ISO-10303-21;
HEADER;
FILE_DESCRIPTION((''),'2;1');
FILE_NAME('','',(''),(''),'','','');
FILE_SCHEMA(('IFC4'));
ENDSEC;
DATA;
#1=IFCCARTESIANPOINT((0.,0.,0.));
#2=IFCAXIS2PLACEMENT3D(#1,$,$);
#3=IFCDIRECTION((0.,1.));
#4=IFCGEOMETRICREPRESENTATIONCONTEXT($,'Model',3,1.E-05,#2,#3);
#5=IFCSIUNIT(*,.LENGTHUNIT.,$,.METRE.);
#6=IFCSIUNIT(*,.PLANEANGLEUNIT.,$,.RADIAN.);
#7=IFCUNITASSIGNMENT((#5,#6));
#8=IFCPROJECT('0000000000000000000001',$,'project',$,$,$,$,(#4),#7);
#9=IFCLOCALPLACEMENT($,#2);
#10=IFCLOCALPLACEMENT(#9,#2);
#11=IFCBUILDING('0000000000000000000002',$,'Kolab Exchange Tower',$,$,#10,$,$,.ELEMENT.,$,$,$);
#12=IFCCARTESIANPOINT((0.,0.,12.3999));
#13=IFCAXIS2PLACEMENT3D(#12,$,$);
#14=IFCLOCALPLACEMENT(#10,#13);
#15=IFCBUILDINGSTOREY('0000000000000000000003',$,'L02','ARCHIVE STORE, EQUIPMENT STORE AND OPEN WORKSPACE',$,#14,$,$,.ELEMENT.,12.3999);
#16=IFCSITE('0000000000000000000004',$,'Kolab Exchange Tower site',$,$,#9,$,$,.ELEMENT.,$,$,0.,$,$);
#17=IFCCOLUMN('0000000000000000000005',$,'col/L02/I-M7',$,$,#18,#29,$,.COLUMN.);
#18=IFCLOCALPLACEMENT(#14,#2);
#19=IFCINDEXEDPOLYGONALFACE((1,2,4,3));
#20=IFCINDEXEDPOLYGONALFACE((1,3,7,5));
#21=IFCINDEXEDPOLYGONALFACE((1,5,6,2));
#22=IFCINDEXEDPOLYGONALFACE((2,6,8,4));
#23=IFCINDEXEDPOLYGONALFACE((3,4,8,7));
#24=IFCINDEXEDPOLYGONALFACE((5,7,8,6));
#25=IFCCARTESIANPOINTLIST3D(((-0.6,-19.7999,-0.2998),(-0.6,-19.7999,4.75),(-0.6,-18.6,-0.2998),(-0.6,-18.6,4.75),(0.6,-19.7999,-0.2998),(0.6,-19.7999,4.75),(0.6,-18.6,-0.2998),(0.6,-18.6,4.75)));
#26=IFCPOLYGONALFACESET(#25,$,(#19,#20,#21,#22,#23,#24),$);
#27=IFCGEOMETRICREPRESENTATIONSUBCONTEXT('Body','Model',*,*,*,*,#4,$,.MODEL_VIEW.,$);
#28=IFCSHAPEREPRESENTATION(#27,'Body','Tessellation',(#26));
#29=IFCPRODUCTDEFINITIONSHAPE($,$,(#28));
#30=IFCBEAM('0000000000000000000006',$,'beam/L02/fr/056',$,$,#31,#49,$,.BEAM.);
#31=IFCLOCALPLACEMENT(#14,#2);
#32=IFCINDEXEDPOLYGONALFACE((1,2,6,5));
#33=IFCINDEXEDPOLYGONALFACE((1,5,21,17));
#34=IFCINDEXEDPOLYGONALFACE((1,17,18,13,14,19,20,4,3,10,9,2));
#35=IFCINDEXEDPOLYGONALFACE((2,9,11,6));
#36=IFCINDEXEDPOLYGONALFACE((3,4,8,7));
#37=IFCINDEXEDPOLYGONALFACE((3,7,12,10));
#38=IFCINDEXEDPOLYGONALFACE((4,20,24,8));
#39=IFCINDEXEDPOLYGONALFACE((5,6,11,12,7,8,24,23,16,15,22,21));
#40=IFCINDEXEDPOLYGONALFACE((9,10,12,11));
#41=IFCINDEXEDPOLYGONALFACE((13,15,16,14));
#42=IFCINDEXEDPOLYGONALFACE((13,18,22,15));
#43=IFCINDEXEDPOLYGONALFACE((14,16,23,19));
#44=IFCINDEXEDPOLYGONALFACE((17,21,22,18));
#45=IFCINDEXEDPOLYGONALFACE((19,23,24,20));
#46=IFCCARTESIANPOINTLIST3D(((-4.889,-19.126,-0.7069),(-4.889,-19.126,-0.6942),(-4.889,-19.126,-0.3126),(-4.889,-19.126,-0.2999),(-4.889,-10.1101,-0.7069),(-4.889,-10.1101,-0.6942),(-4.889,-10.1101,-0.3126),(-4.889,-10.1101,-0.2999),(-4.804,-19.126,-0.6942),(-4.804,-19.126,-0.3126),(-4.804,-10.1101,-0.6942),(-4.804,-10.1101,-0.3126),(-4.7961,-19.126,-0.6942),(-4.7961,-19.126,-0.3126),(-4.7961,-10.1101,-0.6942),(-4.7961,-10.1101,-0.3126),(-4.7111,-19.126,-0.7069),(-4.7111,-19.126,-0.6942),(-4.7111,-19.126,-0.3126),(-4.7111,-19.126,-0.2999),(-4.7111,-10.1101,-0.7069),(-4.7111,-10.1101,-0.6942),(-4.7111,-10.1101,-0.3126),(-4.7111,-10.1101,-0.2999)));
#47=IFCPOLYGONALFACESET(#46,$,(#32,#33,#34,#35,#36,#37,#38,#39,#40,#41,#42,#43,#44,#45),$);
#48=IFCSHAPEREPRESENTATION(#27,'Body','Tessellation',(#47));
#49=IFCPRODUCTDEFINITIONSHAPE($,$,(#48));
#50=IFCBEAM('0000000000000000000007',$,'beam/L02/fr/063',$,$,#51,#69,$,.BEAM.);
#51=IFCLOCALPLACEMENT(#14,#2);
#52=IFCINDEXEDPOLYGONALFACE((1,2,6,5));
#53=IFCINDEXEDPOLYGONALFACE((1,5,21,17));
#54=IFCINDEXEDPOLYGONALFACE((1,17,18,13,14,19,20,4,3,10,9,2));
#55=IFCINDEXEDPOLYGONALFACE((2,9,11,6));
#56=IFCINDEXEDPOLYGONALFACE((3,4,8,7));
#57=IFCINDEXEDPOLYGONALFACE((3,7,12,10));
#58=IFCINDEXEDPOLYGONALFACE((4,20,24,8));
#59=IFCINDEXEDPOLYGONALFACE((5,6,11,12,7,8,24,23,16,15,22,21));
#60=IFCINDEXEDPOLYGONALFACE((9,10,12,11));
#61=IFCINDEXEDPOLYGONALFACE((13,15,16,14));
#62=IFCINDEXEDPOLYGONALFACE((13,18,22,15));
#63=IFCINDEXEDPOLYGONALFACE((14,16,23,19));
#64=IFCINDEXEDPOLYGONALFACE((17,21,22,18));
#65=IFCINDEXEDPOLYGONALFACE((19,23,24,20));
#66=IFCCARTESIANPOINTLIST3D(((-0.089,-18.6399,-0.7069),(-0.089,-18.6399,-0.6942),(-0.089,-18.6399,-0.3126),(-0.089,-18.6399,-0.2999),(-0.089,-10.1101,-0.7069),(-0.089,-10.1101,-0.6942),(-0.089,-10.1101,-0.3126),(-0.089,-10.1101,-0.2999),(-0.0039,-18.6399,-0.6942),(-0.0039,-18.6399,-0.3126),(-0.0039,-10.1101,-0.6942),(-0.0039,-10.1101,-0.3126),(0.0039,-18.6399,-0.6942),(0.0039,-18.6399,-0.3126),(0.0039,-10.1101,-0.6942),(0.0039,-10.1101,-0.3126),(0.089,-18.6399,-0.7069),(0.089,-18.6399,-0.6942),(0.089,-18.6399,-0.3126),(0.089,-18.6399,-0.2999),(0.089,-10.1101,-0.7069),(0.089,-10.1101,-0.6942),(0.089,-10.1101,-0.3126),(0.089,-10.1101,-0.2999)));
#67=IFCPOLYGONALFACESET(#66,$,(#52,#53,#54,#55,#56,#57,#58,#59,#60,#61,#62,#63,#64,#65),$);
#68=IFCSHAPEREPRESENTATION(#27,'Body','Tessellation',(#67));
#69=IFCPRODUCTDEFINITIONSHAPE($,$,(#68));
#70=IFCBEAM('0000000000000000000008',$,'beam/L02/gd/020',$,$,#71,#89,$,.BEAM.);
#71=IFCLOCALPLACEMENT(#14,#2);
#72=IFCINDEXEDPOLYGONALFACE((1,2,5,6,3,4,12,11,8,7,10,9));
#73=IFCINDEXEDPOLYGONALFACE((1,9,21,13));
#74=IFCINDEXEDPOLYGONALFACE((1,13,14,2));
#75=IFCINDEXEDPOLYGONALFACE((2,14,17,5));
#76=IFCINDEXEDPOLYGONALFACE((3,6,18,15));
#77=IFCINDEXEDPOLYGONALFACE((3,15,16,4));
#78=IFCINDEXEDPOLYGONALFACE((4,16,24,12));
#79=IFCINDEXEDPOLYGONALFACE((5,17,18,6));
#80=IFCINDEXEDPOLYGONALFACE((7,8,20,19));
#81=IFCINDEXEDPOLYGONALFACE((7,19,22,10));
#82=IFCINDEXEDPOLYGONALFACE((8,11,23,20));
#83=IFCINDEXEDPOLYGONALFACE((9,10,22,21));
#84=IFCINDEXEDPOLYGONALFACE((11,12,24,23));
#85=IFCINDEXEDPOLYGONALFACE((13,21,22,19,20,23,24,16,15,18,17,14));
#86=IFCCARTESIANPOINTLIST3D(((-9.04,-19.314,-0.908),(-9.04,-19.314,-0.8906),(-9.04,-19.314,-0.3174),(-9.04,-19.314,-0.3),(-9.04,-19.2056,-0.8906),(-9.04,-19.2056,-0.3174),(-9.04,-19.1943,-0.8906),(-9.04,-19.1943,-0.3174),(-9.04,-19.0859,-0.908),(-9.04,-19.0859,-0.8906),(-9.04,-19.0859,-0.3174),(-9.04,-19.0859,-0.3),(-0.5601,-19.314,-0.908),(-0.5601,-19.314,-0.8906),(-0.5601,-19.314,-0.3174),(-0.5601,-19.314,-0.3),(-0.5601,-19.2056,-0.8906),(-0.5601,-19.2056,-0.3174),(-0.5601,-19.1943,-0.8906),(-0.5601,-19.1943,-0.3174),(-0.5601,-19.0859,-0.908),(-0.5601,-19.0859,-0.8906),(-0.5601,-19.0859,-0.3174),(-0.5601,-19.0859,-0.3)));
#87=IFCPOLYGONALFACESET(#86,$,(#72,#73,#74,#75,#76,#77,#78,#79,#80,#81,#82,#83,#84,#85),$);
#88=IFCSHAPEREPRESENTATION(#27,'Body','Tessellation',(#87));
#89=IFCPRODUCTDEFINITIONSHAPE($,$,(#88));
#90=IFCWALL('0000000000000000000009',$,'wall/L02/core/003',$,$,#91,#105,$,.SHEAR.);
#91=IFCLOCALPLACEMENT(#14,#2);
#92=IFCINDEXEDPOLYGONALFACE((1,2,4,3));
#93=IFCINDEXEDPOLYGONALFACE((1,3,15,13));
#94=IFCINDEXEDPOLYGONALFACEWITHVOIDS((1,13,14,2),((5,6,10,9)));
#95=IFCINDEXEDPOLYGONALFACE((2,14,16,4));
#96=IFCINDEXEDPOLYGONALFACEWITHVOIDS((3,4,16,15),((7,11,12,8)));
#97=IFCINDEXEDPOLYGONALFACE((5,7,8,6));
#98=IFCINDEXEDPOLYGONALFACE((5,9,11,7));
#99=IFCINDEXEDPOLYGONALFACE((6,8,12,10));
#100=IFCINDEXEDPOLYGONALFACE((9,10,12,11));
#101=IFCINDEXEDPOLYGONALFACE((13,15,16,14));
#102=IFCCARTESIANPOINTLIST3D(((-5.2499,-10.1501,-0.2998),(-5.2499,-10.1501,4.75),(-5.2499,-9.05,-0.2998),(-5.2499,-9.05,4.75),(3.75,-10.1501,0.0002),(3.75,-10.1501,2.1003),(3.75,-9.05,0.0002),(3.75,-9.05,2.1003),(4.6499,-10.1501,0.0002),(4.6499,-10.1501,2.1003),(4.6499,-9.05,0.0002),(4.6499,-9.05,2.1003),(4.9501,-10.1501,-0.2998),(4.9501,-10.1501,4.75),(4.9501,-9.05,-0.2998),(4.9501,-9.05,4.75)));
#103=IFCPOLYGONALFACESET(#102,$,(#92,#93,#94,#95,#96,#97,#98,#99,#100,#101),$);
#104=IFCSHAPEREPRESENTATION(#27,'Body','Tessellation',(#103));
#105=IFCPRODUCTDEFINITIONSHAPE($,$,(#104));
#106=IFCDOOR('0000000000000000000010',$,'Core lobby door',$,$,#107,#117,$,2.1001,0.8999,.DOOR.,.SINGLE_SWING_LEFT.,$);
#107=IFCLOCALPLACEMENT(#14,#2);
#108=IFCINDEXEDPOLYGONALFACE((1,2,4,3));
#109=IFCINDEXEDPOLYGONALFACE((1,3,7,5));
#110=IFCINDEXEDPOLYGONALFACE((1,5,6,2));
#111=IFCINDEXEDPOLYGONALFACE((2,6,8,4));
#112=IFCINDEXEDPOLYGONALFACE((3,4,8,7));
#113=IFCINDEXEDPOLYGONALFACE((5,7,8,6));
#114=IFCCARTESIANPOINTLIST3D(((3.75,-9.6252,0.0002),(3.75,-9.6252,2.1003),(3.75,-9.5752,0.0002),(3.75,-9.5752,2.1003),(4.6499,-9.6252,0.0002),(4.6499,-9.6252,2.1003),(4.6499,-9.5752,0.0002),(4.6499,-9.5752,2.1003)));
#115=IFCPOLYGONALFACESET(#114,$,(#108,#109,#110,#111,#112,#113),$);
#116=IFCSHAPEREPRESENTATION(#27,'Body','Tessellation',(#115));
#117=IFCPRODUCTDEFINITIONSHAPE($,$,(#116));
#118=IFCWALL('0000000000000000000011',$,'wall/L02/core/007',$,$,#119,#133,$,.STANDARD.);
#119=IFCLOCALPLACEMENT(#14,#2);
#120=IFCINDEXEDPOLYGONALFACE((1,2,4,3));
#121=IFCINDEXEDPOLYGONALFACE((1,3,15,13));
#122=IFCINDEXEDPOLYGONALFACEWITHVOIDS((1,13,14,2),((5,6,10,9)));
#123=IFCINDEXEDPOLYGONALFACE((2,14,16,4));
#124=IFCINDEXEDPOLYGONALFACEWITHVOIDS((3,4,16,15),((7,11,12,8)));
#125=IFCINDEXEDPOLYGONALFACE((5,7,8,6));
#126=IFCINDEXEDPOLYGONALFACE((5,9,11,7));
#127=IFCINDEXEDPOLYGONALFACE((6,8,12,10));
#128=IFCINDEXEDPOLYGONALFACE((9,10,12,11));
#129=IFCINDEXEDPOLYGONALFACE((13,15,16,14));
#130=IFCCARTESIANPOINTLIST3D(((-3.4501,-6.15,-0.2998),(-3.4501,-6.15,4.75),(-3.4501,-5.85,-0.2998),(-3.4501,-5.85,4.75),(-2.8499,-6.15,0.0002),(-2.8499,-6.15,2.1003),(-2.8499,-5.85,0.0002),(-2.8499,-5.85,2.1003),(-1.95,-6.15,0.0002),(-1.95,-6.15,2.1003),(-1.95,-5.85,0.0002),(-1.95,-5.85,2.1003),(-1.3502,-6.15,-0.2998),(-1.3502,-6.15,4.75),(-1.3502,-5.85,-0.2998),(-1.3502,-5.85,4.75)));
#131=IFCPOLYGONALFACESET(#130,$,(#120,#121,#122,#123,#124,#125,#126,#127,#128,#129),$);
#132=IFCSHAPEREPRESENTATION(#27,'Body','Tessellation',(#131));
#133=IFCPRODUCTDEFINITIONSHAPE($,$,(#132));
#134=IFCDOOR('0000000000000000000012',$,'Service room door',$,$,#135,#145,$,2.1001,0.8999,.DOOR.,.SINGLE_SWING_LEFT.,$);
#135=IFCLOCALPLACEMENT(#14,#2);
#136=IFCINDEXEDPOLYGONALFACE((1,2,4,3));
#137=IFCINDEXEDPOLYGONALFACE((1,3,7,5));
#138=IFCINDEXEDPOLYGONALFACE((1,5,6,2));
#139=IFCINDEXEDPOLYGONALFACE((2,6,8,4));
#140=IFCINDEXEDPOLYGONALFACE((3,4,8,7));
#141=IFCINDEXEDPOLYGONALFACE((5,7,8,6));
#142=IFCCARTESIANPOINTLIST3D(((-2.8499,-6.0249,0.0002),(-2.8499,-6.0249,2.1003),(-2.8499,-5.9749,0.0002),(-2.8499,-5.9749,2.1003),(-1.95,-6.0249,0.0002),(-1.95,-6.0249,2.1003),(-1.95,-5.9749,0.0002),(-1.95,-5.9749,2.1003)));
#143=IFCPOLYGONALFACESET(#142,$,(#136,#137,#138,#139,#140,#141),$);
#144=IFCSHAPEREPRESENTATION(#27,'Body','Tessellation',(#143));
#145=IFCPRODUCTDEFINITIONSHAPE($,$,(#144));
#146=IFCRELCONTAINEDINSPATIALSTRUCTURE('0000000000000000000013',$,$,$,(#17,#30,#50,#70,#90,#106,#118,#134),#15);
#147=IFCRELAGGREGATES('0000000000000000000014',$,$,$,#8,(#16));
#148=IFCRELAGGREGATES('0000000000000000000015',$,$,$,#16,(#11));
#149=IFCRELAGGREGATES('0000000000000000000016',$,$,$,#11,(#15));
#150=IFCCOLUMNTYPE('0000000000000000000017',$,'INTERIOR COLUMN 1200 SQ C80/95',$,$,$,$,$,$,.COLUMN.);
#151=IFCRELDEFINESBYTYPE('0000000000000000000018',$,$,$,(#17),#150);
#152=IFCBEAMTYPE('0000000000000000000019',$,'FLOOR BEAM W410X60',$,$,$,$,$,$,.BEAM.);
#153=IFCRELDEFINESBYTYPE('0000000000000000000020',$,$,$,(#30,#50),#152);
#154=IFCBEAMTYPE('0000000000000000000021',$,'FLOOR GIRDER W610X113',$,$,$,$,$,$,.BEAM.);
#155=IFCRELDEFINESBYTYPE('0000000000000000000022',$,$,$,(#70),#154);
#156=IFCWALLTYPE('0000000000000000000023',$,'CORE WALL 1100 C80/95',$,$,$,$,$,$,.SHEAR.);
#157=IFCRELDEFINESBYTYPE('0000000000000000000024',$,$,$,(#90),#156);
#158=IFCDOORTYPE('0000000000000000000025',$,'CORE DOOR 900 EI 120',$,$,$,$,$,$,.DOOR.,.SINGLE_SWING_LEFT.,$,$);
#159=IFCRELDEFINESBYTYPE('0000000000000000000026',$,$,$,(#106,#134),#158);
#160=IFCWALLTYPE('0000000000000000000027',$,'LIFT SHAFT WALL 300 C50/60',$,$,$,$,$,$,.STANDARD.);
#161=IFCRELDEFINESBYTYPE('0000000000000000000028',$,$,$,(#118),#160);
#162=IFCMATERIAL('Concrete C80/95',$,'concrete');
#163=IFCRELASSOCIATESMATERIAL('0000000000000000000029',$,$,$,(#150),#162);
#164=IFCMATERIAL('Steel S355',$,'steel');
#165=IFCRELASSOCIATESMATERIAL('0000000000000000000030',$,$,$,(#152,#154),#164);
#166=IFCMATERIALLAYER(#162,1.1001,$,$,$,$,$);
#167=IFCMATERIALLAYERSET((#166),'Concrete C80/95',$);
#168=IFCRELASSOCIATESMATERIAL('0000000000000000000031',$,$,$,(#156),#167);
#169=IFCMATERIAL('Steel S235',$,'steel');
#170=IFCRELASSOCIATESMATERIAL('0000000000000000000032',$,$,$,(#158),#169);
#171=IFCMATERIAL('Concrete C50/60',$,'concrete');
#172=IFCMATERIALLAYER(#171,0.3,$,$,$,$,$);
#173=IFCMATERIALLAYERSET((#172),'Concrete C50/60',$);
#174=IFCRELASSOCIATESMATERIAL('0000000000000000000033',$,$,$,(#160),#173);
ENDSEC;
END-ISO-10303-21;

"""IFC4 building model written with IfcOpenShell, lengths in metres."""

from ifc_helpers import new_model, si_unit, direction, frame, frame_2d, origin, origin_2d, place, context, subcontext, project, spatial, rectangle, i_section, extrude, material, layer, layer_set, material_profile, profile_set, type_object, element, fill, save


model = new_model("IFC4")

# Units and contexts
model_context = context("Model", 3, precision=1e-05, world=origin(), true_north=direction((0.0, 1.0)))
body_context = subcontext(model_context, "Body", "Model", "MODEL_VIEW")
ifc_project = project(units=[si_unit("LENGTHUNIT", "METRE"), si_unit("PLANEANGLEUNIT", "RADIAN")], contexts=[model_context])

# Site, building, storey
site_placement = place(None, origin())
site = spatial("IfcSite", under=ifc_project, at=site_placement, Name="Kolab Exchange Tower site", CompositionType="ELEMENT", RefElevation=0.0)
building_placement = place(site_placement, origin())
building = spatial("IfcBuilding", under=site, at=building_placement, Name="Kolab Exchange Tower", CompositionType="ELEMENT")
storey_placement = place(building_placement, frame((0.0, 0.0, 12.3999)))
storey = spatial("IfcBuildingStorey", under=building, at=storey_placement, Name="L02", Description="ARCHIVE STORE, EQUIPMENT STORE AND OPEN WORKSPACE", CompositionType="ELEMENT", Elevation=12.3999)

# Column
ifc_material_1 = material(Name="Concrete C80/95", Category="concrete")
ifc_material_profile_1 = material_profile(ifc_material_1, rectangle(XDim=1.2, YDim=1.2, at=origin_2d()), Name="RC1200")
ifc_profile_set_1 = profile_set([ifc_material_profile_1], Name="Concrete C80/95")
column_type = type_object("IfcColumnType", Name="INTERIOR COLUMN 1200 SQ C80/95", PredefinedType="COLUMN", material=ifc_profile_set_1)
column_placement = place(storey_placement, frame((0.0, -19.2, -0.2998), z_axis=(0.0, 0.0, 1.0), x_axis=(1.0, 0.0, 0.0)))
element("IfcColumn", 1, at=column_placement, inside=storey, type_object=column_type, Name="col/L02/I-M7", PredefinedType="COLUMN", context=body_context, shape_type="SweptSolid", body=[
    extrude(rectangle(XDim=1.2, YDim=1.2, at=origin_2d()), origin(), (0.0, 0.0, 1.0), 5.0498),
])

# Beams
ifc_material_2 = material(Name="Steel S355", Category="steel")
ifc_material_profile_2 = material_profile(ifc_material_2, i_section(OverallWidth=0.178, OverallDepth=0.407, WebThickness=0.0078, FlangeThickness=0.0127, at=origin_2d()), Name="W410X60")
ifc_profile_set_2 = profile_set([ifc_material_profile_2], Name="Steel S355")
beam_type_1 = type_object("IfcBeamType", Name="FLOOR BEAM W410X60", PredefinedType="BEAM", material=ifc_profile_set_2)
beam_1_placement = place(storey_placement, frame((-4.8, -19.126, -0.5034), z_axis=(0.0, 1.0, 0.0), x_axis=(-1.0, 0.0, 0.0)))
element("IfcBeam", 2, at=beam_1_placement, inside=storey, type_object=beam_type_1, Name="beam/L02/fr/056", PredefinedType="BEAM", context=body_context, shape_type="SweptSolid", body=[
    extrude(i_section(OverallWidth=0.178, OverallDepth=0.407, WebThickness=0.0078, FlangeThickness=0.0127, at=origin_2d()), origin(), (0.0, 0.0, 1.0), 9.0159),
])
beam_2_placement = place(storey_placement, frame((0.0, -18.6399, -0.5034), z_axis=(0.0, 1.0, 0.0), x_axis=(-1.0, 0.0, 0.0)))
element("IfcBeam", 3, at=beam_2_placement, inside=storey, type_object=beam_type_1, Name="beam/L02/fr/063", PredefinedType="BEAM", context=body_context, shape_type="SweptSolid", body=[
    extrude(i_section(OverallWidth=0.178, OverallDepth=0.407, WebThickness=0.0078, FlangeThickness=0.0127, at=origin_2d()), origin(), (0.0, 0.0, 1.0), 8.5298),
])
ifc_material_profile_3 = material_profile(ifc_material_2, i_section(OverallWidth=0.228, OverallDepth=0.6079, WebThickness=0.0112, FlangeThickness=0.0173, at=origin_2d()), Name="W610X113")
ifc_profile_set_3 = profile_set([ifc_material_profile_3], Name="Steel S355")
beam_type_2 = type_object("IfcBeamType", Name="FLOOR GIRDER W610X113", PredefinedType="BEAM", material=ifc_profile_set_3)
beam_3_placement = place(storey_placement, frame((-9.04, -19.2, -0.604), z_axis=(1.0, 0.0, 0.0), x_axis=(0.0, 1.0, 0.0)))
element("IfcBeam", 4, at=beam_3_placement, inside=storey, type_object=beam_type_2, Name="beam/L02/gd/020", PredefinedType="BEAM", context=body_context, shape_type="SweptSolid", body=[
    extrude(i_section(OverallWidth=0.228, OverallDepth=0.6079, WebThickness=0.0112, FlangeThickness=0.0173, at=origin_2d()), origin(), (0.0, 0.0, 1.0), 8.48),
])

# Walls, openings, doors
ifc_layer_1 = layer(ifc_material_1, 1.1001)
ifc_layer_set_1 = layer_set([ifc_layer_1], Name="Concrete C80/95")
wall_type_1 = type_object("IfcWallType", Name="CORE WALL 1100 C80/95", PredefinedType="SHEAR", material=ifc_layer_set_1)
wall_1_placement = place(storey_placement, frame((-5.25, -9.6001, -0.2998), z_axis=(0.0, 0.0, 1.0), x_axis=(1.0, 0.0, 0.0)))
wall_1 = element("IfcWall", 5, at=wall_1_placement, inside=storey, type_object=wall_type_1, Name="wall/L02/core/003", PredefinedType="SHEAR", context=body_context, shape_type="SweptSolid", body=[
    extrude(rectangle(XDim=10.2, YDim=1.1001, at=frame_2d((5.1001, 0.0))), origin(), (0.0, 0.0, 1.0), 5.0498),
])
opening_1_placement = place(wall_1_placement, frame((9.0, 0.0, 0.3)))
opening_1 = element("IfcOpeningElement", 6, at=opening_1_placement, cuts=wall_1, PredefinedType="OPENING", context=body_context, shape_type="SweptSolid", body=[
    extrude(rectangle(XDim=0.8999, YDim=2.1001, at=frame_2d((0.45, 1.05))), frame((0.0, 0.5601, 0.0), z_axis=(0.0, -1.0, 0.0), x_axis=(1.0, 0.0, 0.0)), (0.0, 0.0, 1.0), 1.1201),
])
ifc_material_3 = material(Name="Steel S235", Category="steel")
door_type_1 = type_object("IfcDoorType", Name="CORE DOOR 900 EI 120", OperationType="SINGLE_SWING_LEFT", PredefinedType="DOOR", material=ifc_material_3)
door_1_placement = place(opening_1_placement, origin())
door_1 = element("IfcDoor", 7, at=door_1_placement, inside=storey, type_object=door_type_1, Name="Core lobby door", OperationType="SINGLE_SWING_LEFT", OverallHeight=2.1001, OverallWidth=0.8999, PredefinedType="DOOR", context=body_context, shape_type="SweptSolid", body=[
    extrude(rectangle(XDim=0.8999, YDim=2.1001, at=frame_2d((0.45, 1.05))), frame((0.0, 0.0249, 0.0), z_axis=(0.0, -1.0, 0.0), x_axis=(1.0, 0.0, 0.0)), (0.0, 0.0, 1.0), 0.05),
])
fill(opening_1, door_1)
ifc_material_4 = material(Name="Concrete C50/60", Category="concrete")
ifc_layer_2 = layer(ifc_material_4, 0.3)
ifc_layer_set_2 = layer_set([ifc_layer_2], Name="Concrete C50/60")
wall_type_2 = type_object("IfcWallType", Name="LIFT SHAFT WALL 300 C50/60", PredefinedType="STANDARD", material=ifc_layer_set_2)
wall_2_placement = place(storey_placement, frame((-3.45, -6.0, -0.2998), z_axis=(0.0, 0.0, 1.0), x_axis=(1.0, 0.0, 0.0)))
wall_2 = element("IfcWall", 8, at=wall_2_placement, inside=storey, type_object=wall_type_2, Name="wall/L02/core/007", PredefinedType="STANDARD", context=body_context, shape_type="SweptSolid", body=[
    extrude(rectangle(XDim=2.0999, YDim=0.3, at=frame_2d((1.0498, 0.0))), origin(), (0.0, 0.0, 1.0), 5.0498),
])
opening_2_placement = place(wall_2_placement, frame((0.6001, 0.0, 0.3)))
opening_2 = element("IfcOpeningElement", 9, at=opening_2_placement, cuts=wall_2, PredefinedType="OPENING", context=body_context, shape_type="SweptSolid", body=[
    extrude(rectangle(XDim=0.8999, YDim=2.1001, at=frame_2d((0.45, 1.05))), frame((0.0, 0.1602, 0.0), z_axis=(0.0, -1.0, 0.0), x_axis=(1.0, 0.0, 0.0)), (0.0, 0.0, 1.0), 0.3201),
])
door_2_placement = place(opening_2_placement, frame((0.8999, 0.0, 0.0), z_axis=(0.0, 0.0, 1.0), x_axis=(-1.0, 0.0, 0.0)))
door_2 = element("IfcDoor", 10, at=door_2_placement, inside=storey, type_object=door_type_1, Name="Service room door", OperationType="SINGLE_SWING_LEFT", OverallHeight=2.1001, OverallWidth=0.8999, PredefinedType="DOOR", context=body_context, shape_type="SweptSolid", body=[
    extrude(rectangle(XDim=0.8999, YDim=2.1001, at=frame_2d((0.45, 1.05))), frame((0.0, 0.0249, 0.0), z_axis=(0.0, -1.0, 0.0), x_axis=(1.0, 0.0, 0.0)), (0.0, 0.0, 1.0), 0.05),
])
fill(opening_2, door_2)

save(model, "model.ifc")
